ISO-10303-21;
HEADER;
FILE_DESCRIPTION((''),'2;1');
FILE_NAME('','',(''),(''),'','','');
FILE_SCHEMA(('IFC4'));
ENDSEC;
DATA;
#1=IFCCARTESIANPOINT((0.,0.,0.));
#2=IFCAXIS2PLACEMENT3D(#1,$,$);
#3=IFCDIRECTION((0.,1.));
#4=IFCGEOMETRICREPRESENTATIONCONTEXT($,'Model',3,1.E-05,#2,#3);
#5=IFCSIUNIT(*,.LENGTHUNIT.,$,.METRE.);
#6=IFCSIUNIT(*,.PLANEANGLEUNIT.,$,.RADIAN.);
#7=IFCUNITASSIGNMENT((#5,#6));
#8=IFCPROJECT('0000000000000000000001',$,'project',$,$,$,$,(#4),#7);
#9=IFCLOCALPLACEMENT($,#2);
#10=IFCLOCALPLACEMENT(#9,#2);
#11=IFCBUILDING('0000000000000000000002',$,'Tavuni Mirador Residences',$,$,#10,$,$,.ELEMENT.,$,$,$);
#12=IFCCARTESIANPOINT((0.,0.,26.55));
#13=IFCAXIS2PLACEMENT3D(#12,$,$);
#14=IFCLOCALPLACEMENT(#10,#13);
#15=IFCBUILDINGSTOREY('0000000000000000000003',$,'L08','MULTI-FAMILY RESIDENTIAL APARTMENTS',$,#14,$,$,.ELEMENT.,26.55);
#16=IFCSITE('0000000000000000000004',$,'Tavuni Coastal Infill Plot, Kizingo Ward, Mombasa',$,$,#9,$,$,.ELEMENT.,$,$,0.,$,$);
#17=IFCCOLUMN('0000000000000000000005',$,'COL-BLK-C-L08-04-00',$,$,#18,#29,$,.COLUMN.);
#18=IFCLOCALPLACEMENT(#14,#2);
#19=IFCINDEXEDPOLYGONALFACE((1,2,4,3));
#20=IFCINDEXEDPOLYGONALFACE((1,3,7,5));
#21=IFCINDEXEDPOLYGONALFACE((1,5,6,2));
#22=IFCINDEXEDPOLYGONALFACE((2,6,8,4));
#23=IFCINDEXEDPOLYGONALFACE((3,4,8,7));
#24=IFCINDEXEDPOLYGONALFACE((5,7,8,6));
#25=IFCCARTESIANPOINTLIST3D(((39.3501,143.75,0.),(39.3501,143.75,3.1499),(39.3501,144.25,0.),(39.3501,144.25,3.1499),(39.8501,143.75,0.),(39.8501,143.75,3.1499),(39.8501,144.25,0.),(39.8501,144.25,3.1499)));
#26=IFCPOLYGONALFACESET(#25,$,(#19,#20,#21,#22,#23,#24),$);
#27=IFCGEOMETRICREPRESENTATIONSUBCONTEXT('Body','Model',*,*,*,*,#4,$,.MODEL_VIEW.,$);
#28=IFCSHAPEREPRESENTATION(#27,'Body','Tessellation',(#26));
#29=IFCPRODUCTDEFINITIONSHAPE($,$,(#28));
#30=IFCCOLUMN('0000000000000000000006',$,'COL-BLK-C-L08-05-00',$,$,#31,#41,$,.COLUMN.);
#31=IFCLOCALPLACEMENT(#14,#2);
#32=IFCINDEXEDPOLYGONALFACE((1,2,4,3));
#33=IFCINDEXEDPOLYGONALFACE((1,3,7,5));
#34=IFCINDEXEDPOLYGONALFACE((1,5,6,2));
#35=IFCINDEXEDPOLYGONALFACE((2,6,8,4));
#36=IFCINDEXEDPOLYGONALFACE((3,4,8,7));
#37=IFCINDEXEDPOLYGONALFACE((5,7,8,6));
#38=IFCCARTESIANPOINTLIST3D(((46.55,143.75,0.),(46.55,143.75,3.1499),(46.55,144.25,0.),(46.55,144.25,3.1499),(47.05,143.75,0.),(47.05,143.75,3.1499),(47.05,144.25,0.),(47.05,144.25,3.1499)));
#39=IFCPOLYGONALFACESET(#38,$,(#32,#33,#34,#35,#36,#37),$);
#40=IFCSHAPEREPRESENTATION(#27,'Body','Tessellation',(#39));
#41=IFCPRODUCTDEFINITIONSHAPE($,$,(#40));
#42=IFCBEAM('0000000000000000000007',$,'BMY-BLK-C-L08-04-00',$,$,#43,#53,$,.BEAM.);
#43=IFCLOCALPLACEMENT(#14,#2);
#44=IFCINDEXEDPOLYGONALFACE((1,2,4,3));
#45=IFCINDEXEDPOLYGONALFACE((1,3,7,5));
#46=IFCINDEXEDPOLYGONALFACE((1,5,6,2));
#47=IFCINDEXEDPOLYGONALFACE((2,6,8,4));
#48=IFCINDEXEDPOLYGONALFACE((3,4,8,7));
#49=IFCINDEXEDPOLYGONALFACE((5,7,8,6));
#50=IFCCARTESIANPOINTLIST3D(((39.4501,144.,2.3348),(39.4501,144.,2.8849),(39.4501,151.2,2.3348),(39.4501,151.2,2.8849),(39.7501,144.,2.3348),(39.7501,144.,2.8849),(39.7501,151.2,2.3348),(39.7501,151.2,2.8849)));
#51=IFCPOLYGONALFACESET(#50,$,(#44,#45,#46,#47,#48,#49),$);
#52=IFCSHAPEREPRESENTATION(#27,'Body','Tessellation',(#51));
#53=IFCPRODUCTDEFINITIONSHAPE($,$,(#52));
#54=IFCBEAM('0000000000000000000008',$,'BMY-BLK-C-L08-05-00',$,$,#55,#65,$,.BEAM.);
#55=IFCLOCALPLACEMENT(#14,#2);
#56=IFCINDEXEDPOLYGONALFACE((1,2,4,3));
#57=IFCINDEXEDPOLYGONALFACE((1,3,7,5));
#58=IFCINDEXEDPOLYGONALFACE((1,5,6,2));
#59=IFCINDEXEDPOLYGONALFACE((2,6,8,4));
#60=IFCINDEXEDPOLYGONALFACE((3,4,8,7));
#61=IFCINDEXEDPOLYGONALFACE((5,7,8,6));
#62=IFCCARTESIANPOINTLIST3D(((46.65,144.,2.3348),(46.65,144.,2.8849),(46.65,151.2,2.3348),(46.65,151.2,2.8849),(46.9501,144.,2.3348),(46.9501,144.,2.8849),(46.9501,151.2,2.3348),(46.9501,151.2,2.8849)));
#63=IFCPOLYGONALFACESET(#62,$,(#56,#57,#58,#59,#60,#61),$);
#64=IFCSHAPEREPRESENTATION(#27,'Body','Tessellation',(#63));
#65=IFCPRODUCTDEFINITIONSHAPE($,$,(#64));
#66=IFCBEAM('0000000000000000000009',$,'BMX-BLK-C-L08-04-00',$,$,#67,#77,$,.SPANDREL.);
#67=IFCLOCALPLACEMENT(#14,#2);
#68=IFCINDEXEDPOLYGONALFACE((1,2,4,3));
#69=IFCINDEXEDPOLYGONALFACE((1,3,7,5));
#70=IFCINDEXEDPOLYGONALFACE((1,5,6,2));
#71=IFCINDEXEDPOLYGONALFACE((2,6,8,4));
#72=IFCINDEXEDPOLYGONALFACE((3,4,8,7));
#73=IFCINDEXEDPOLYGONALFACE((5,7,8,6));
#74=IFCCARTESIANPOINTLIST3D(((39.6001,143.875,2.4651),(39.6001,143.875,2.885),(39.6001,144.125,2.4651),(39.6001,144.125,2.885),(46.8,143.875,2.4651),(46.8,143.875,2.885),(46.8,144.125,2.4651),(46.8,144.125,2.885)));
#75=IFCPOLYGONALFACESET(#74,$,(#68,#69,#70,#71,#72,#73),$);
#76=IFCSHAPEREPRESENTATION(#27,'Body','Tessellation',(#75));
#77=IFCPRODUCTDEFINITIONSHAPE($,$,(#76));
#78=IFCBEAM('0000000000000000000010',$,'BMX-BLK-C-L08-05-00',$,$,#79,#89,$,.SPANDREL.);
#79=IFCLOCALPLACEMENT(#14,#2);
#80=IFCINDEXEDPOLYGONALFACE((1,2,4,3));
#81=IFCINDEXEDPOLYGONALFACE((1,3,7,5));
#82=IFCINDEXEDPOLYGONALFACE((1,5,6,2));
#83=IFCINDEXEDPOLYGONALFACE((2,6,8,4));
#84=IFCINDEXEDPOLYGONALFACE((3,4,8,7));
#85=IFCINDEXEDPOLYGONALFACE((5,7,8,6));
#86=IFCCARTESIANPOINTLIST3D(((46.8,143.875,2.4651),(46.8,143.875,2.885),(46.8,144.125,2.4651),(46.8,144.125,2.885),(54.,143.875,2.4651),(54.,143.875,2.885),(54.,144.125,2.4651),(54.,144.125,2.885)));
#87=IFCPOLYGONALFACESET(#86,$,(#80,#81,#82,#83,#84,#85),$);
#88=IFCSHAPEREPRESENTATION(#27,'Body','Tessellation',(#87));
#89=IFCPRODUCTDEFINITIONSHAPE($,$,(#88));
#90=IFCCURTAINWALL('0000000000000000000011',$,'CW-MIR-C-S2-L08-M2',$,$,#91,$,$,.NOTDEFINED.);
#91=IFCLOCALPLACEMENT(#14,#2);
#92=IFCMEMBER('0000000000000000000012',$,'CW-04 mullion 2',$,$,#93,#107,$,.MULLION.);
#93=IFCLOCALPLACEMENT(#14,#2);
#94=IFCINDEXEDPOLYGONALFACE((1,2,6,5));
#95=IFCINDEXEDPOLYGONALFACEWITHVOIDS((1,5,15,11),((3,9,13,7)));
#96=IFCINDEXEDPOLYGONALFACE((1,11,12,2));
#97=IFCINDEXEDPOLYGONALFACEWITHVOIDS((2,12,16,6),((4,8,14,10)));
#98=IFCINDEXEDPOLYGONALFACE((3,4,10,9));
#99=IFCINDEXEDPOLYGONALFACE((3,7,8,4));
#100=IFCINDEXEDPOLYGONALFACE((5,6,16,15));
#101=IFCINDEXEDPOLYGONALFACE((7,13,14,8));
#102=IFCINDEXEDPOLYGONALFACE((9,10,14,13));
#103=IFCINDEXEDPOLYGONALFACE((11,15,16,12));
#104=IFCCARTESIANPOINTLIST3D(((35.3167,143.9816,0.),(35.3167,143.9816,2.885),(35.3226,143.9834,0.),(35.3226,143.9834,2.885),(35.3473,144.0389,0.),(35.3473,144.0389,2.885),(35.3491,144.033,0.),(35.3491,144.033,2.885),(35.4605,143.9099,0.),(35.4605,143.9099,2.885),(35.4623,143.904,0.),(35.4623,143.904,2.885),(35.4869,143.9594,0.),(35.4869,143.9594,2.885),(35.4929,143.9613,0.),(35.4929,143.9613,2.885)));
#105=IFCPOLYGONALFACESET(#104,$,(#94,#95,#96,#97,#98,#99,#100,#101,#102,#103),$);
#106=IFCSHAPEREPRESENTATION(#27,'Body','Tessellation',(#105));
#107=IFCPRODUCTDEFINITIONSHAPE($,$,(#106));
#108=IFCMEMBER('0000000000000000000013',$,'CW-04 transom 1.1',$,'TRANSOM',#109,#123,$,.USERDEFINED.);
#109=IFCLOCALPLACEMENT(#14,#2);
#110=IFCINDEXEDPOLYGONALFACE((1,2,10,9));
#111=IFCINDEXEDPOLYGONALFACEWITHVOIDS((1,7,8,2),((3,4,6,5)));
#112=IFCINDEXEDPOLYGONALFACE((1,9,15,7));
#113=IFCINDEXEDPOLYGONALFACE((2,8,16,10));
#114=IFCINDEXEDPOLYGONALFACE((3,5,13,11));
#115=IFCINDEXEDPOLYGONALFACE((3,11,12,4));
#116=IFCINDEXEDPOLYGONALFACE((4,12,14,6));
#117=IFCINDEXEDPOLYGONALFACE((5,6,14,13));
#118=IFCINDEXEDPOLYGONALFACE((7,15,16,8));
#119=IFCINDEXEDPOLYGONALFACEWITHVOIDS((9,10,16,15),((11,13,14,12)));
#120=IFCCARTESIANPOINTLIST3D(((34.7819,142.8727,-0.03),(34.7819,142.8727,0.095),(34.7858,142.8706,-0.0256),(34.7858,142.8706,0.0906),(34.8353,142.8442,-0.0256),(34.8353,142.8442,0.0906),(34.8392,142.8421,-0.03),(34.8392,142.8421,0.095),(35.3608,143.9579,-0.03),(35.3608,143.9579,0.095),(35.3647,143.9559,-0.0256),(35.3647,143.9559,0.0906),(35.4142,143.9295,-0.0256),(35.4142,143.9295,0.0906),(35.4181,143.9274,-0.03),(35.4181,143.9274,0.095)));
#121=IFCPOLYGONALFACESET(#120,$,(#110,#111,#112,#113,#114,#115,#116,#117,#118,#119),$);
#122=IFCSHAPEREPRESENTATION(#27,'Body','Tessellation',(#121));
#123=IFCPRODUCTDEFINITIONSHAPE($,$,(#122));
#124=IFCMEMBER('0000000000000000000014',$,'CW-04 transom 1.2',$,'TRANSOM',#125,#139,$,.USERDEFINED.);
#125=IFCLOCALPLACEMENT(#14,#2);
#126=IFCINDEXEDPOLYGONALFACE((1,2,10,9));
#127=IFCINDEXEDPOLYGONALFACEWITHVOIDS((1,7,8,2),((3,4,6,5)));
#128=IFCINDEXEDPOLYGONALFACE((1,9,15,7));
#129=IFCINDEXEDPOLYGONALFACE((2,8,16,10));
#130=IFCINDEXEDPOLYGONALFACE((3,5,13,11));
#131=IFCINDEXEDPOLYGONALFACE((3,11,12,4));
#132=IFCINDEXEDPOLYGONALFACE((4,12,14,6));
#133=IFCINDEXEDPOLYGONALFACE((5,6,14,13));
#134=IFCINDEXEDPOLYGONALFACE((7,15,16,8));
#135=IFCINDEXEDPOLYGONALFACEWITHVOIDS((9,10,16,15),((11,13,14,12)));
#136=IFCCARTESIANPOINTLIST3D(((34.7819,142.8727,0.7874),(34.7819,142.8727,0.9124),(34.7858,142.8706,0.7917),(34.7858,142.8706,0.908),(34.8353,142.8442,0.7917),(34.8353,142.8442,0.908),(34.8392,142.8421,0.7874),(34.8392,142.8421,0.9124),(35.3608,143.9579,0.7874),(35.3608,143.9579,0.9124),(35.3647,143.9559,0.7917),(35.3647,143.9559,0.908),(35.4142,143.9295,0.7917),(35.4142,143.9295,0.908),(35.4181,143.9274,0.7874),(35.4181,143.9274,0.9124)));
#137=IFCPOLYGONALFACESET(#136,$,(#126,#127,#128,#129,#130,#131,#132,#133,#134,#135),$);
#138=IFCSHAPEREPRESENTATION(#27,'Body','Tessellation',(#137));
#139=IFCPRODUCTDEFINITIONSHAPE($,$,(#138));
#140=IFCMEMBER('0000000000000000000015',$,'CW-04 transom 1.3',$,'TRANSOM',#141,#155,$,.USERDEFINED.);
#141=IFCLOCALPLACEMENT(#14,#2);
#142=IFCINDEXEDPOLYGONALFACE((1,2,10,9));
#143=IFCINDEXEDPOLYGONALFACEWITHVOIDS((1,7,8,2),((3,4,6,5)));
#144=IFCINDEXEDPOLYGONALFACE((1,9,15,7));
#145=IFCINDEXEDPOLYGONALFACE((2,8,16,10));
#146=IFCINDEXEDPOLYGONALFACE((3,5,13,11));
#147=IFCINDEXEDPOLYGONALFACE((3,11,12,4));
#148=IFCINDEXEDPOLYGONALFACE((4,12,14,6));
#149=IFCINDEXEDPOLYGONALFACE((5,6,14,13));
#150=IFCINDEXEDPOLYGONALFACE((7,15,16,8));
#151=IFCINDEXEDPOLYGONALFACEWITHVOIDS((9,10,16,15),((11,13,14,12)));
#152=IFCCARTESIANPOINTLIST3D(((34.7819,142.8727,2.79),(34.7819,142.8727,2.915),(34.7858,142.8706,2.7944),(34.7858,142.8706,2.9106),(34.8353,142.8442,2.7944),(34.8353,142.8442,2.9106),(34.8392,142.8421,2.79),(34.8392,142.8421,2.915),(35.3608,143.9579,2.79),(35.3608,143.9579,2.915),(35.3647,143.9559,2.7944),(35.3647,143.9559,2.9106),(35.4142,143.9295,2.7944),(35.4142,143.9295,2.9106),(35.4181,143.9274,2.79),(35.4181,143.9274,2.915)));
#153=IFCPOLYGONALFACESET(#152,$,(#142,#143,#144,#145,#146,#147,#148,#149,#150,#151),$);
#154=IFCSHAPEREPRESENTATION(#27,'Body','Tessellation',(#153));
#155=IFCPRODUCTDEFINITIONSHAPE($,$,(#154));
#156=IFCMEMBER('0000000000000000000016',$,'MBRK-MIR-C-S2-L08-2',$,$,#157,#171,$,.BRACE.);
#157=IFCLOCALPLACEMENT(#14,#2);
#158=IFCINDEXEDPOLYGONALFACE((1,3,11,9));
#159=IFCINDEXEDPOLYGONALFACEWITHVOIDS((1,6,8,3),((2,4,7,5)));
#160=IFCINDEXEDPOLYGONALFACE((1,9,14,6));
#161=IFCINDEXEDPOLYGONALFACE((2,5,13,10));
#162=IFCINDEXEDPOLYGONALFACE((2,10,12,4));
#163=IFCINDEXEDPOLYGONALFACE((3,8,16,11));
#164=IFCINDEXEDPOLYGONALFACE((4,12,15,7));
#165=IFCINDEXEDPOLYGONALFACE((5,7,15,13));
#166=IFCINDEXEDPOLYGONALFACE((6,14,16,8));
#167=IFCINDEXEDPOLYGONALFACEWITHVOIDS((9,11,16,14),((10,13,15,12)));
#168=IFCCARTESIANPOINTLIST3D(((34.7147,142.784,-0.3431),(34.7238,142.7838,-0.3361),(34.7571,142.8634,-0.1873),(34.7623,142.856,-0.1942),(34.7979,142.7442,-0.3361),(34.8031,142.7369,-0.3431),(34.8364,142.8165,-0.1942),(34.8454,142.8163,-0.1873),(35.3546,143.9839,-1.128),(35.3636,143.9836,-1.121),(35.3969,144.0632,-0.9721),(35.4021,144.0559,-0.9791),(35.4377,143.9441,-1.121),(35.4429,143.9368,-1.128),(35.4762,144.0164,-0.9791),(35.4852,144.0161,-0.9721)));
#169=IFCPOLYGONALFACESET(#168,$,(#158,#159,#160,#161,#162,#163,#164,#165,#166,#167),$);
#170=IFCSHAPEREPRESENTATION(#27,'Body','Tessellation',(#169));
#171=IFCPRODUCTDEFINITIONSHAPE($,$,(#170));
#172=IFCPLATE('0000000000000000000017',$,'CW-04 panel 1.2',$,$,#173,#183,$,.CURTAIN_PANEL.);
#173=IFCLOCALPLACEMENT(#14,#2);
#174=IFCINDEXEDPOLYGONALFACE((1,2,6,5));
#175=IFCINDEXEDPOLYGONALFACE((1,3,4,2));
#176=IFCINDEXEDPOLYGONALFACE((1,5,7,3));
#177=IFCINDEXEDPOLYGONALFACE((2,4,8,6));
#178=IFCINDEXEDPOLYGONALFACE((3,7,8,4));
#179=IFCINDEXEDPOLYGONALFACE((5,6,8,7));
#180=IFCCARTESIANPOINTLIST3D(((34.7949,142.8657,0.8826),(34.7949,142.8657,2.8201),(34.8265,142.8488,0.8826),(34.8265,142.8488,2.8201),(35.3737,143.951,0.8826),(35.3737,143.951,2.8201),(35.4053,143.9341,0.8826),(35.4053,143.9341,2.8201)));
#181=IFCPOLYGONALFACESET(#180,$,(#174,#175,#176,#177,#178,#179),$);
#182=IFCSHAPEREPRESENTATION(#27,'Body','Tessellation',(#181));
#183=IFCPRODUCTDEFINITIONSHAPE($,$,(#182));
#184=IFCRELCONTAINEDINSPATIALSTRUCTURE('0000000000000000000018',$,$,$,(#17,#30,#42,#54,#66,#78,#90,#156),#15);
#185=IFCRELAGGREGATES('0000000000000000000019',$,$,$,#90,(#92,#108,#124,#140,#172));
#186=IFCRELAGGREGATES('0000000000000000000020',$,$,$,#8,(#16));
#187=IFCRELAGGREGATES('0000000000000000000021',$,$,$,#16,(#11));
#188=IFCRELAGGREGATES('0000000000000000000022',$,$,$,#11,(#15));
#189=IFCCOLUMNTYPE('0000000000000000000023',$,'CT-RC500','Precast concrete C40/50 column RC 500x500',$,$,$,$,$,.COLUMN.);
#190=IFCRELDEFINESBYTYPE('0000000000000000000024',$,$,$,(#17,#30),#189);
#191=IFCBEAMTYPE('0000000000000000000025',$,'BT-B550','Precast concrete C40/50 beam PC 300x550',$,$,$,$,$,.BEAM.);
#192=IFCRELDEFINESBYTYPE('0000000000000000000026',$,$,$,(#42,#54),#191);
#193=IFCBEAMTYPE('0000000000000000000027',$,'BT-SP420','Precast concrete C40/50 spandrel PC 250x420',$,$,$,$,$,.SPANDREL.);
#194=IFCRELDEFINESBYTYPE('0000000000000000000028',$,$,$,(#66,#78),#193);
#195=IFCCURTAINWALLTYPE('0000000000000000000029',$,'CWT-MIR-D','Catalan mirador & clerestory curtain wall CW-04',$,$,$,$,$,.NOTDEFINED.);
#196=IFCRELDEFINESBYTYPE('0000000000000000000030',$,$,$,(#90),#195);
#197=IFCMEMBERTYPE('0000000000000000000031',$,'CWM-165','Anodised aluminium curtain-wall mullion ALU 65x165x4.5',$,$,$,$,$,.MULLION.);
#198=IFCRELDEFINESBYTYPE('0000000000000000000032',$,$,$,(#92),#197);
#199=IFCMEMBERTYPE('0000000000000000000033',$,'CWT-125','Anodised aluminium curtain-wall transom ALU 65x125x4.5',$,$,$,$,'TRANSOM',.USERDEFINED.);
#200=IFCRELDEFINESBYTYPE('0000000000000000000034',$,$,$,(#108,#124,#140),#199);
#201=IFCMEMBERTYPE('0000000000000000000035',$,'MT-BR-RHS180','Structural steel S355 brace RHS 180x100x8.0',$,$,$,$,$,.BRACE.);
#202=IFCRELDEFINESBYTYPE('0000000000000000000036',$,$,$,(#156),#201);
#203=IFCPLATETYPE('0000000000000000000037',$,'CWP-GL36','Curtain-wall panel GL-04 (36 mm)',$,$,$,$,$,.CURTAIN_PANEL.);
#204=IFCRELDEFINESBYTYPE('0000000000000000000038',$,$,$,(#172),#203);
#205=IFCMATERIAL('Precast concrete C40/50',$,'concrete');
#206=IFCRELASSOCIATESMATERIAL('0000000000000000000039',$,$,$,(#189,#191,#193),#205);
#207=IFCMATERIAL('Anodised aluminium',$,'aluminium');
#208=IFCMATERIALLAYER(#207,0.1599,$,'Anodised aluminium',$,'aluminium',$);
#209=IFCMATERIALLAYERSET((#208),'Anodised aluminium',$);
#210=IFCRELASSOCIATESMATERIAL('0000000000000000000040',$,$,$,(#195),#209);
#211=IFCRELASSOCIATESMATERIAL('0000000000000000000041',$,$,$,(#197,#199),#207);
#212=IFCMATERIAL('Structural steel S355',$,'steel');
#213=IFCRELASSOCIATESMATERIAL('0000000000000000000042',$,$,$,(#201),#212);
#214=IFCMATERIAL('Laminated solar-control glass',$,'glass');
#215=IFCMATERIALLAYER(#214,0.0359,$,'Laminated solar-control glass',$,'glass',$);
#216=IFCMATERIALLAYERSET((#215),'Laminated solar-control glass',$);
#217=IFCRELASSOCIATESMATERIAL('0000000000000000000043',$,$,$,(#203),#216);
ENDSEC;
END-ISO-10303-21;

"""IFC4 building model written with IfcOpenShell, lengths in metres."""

from ifc_helpers import new_model, si_unit, direction, frame, origin, origin_2d, place, context, subcontext, project, spatial, rectangle, hollow_rectangle, extrude, material, layer, layer_set, material_profile, profile_set, type_object, element, aggregate, save


model = new_model("IFC4")

# Units and contexts
model_context = context("Model", 3, precision=1e-05, world=origin(), true_north=direction((0.0, 1.0)))
body_context = subcontext(model_context, "Body", "Model", "MODEL_VIEW")
ifc_project = project(units=[si_unit("LENGTHUNIT", "METRE"), si_unit("PLANEANGLEUNIT", "RADIAN")], contexts=[model_context])

# Site, building, storey
site_placement = place(None, origin())
site = spatial("IfcSite", under=ifc_project, at=site_placement, Name="Tavuni Coastal Infill Plot, Kizingo Ward, Mombasa", CompositionType="ELEMENT", RefElevation=0.0)
building_placement = place(site_placement, origin())
building = spatial("IfcBuilding", under=site, at=building_placement, Name="Tavuni Mirador Residences", CompositionType="ELEMENT")
storey_placement = place(building_placement, frame((0.0, 0.0, 26.55)))
storey = spatial("IfcBuildingStorey", under=building, at=storey_placement, Name="L08", Description="MULTI-FAMILY RESIDENTIAL APARTMENTS", CompositionType="ELEMENT", Elevation=26.55)

# Columns
ifc_material_1 = material(Name="Precast concrete C40/50", Category="concrete")
ifc_material_profile_1 = material_profile(ifc_material_1, rectangle(XDim=0.5, YDim=0.5, at=origin_2d()), Name="RC 500x500", Category="concrete")
ifc_profile_set_1 = profile_set([ifc_material_profile_1], Name="Precast concrete C40/50")
column_type = type_object("IfcColumnType", Name="CT-RC500", Description="Precast concrete C40/50 column RC 500x500", PredefinedType="COLUMN", material=ifc_profile_set_1)
for number, where, z_axis, x_axis, name in (
    (1, (39.6001, 144.0, 0.0), (0.0, 0.0, 1.0), (1.0, 0.0, 0.0), "COL-BLK-C-L08-04-00"),
    (2, (46.8, 144.0, 0.0), (0.0, 0.0, 1.0), (1.0, 0.0, 0.0), "COL-BLK-C-L08-05-00"),
):
    element("IfcColumn", number, at=place(storey_placement, frame(where, z_axis=z_axis, x_axis=x_axis)), inside=storey, type_object=column_type, Name=name, PredefinedType="COLUMN", context=body_context, shape_type="SweptSolid", body=[
        extrude(rectangle(XDim=0.5, YDim=0.5, at=origin_2d()), origin(), (0.0, 0.0, 1.0), 3.1499),
    ])

# Beams
ifc_material_profile_2 = material_profile(ifc_material_1, rectangle(XDim=0.3, YDim=0.55, at=origin_2d()), Name="PC 300x550", Category="concrete")
ifc_profile_set_2 = profile_set([ifc_material_profile_2], Name="Precast concrete C40/50")
beam_type_1 = type_object("IfcBeamType", Name="BT-B550", Description="Precast concrete C40/50 beam PC 300x550", PredefinedType="BEAM", material=ifc_profile_set_2)
for number, where, z_axis, x_axis, name in (
    (3, (39.6001, 144.0, 2.6099), (0.0, 1.0, 0.0), (-1.0, 0.0, 0.0), "BMY-BLK-C-L08-04-00"),
    (4, (46.8, 144.0, 2.6099), (0.0, 1.0, 0.0), (-1.0, 0.0, 0.0), "BMY-BLK-C-L08-05-00"),
):
    element("IfcBeam", number, at=place(storey_placement, frame(where, z_axis=z_axis, x_axis=x_axis)), inside=storey, type_object=beam_type_1, Name=name, PredefinedType="BEAM", context=body_context, shape_type="SweptSolid", body=[
        extrude(rectangle(XDim=0.3, YDim=0.55, at=origin_2d()), origin(), (0.0, 0.0, 1.0), 7.2),
    ])
ifc_material_profile_3 = material_profile(ifc_material_1, rectangle(XDim=0.25, YDim=0.4199, at=origin_2d()), Name="PC 250x420", Category="concrete")
ifc_profile_set_3 = profile_set([ifc_material_profile_3], Name="Precast concrete C40/50")
beam_type_2 = type_object("IfcBeamType", Name="BT-SP420", Description="Precast concrete C40/50 spandrel PC 250x420", PredefinedType="SPANDREL", material=ifc_profile_set_3)
for number, where, z_axis, x_axis, name in (
    (5, (39.6001, 144.0, 2.675), (1.0, 0.0, 0.0), (0.0, 1.0, 0.0), "BMX-BLK-C-L08-04-00"),
    (6, (46.8, 144.0, 2.675), (1.0, 0.0, 0.0), (0.0, 1.0, 0.0), "BMX-BLK-C-L08-05-00"),
):
    element("IfcBeam", number, at=place(storey_placement, frame(where, z_axis=z_axis, x_axis=x_axis)), inside=storey, type_object=beam_type_2, Name=name, PredefinedType="SPANDREL", context=body_context, shape_type="SweptSolid", body=[
        extrude(rectangle(XDim=0.25, YDim=0.4199, at=origin_2d()), origin(), (0.0, 0.0, 1.0), 7.2),
    ])

# Curtain wall, members
ifc_material_2 = material(Name="Anodised aluminium", Category="aluminium")
ifc_layer_1 = layer(ifc_material_2, 0.1599, Name="Anodised aluminium", Category="aluminium")
ifc_layer_set_1 = layer_set([ifc_layer_1], Name="Anodised aluminium")
curtain_wall_type = type_object("IfcCurtainWallType", Name="CWT-MIR-D", Description="Catalan mirador & clerestory curtain wall CW-04", PredefinedType="NOTDEFINED", material=ifc_layer_set_1)
curtain_wall_placement = place(storey_placement, origin())
curtain_wall = element("IfcCurtainWall", 7, at=curtain_wall_placement, inside=storey, type_object=curtain_wall_type, Name="CW-MIR-C-S2-L08-M2", PredefinedType="NOTDEFINED")
ifc_material_profile_4 = material_profile(ifc_material_2, hollow_rectangle(XDim=0.0649, YDim=0.165, WallThickness=0.0044, at=origin_2d()), Name="ALU 65x165x4.5", Category="aluminium")
ifc_profile_set_4 = profile_set([ifc_material_profile_4], Name="Anodised aluminium")
member_type_1 = type_object("IfcMemberType", Name="CWM-165", Description="Anodised aluminium curtain-wall mullion ALU 65x165x4.5", PredefinedType="MULLION", material=ifc_profile_set_4)
member_1_placement = place(storey_placement, frame((35.4048, 143.9714, 0.0), z_axis=(0.0, 0.0, 1.0), x_axis=(0.470588, 0.882353, 0.0)))
member_1 = element("IfcMember", 8, at=member_1_placement, type_object=member_type_1, Name="CW-04 mullion 2", PredefinedType="MULLION", context=body_context, shape_type="SweptSolid", body=[
    extrude(hollow_rectangle(XDim=0.0649, YDim=0.165, WallThickness=0.0044, at=origin_2d()), origin(), (0.0, 0.0, 1.0), 2.885),
])
ifc_material_profile_5 = material_profile(ifc_material_2, hollow_rectangle(XDim=0.0649, YDim=0.125, WallThickness=0.0044, at=origin_2d()), Name="ALU 65x125x4.5", Category="aluminium")
ifc_profile_set_5 = profile_set([ifc_material_profile_5], Name="Anodised aluminium")
member_type_2 = type_object("IfcMemberType", Name="CWT-125", Description="Anodised aluminium curtain-wall transom ALU 65x125x4.5", ElementType="TRANSOM", PredefinedType="USERDEFINED", material=ifc_profile_set_5)
member_2_placement = place(storey_placement, frame((34.8105, 142.8574, 0.0325), z_axis=(0.47064, 0.882325, 0.0), x_axis=(-0.882325, 0.47064, 0.0)))
member_2 = element("IfcMember", 9, at=member_2_placement, type_object=member_type_2, Name="CW-04 transom 1.1", ObjectType="TRANSOM", PredefinedType="USERDEFINED", context=body_context, shape_type="SweptSolid", body=[
    extrude(hollow_rectangle(XDim=0.0649, YDim=0.125, WallThickness=0.0044, at=origin_2d()), origin(), (0.0, 0.0, 1.0), 1.23),
])
member_3_placement = place(storey_placement, frame((34.8105, 142.8574, 0.8499), z_axis=(0.47064, 0.882325, 0.0), x_axis=(-0.882325, 0.47064, 0.0)))
member_3 = element("IfcMember", 10, at=member_3_placement, type_object=member_type_2, Name="CW-04 transom 1.2", ObjectType="TRANSOM", PredefinedType="USERDEFINED", context=body_context, shape_type="SweptSolid", body=[
    extrude(hollow_rectangle(XDim=0.0649, YDim=0.125, WallThickness=0.0044, at=origin_2d()), origin(), (0.0, 0.0, 1.0), 1.23),
])
member_4_placement = place(storey_placement, frame((34.8105, 142.8574, 2.8525), z_axis=(0.47064, 0.882325, 0.0), x_axis=(-0.882325, 0.47064, 0.0)))
member_4 = element("IfcMember", 11, at=member_4_placement, type_object=member_type_2, Name="CW-04 transom 1.3", ObjectType="TRANSOM", PredefinedType="USERDEFINED", context=body_context, shape_type="SweptSolid", body=[
    extrude(hollow_rectangle(XDim=0.0649, YDim=0.125, WallThickness=0.0044, at=origin_2d()), origin(), (0.0, 0.0, 1.0), 1.23),
])

# Member
ifc_material_3 = material(Name="Structural steel S355", Category="steel")
ifc_material_profile_6 = material_profile(ifc_material_3, hollow_rectangle(XDim=0.1001, YDim=0.1799, WallThickness=0.0081, at=origin_2d()), Name="RHS 180x100x8.0", Category="steel")
ifc_profile_set_6 = profile_set([ifc_material_profile_6], Name="Structural steel S355")
member_type_3 = type_object("IfcMemberType", Name="MT-BR-RHS180", Description="Structural steel S355 brace RHS 180x100x8.0", PredefinedType="BRACE", material=ifc_profile_set_6)
member_5_placement = place(storey_placement, frame((35.4199, 144.0, -1.05), z_axis=(-0.407531, -0.764218, 0.49989), x_axis=(0.882378, -0.470542, 0.0)))
element("IfcMember", 12, at=member_5_placement, inside=storey, type_object=member_type_3, Name="MBRK-MIR-C-S2-L08-2", PredefinedType="BRACE", context=body_context, shape_type="SweptSolid", body=[
    extrude(hollow_rectangle(XDim=0.1001, YDim=0.1799, WallThickness=0.0081, at=origin_2d()), origin(), (0.0, 0.0, 1.0), 1.5701),
])

# Plate
ifc_material_4 = material(Name="Laminated solar-control glass", Category="glass")
ifc_layer_2 = layer(ifc_material_4, 0.0359, Name="Laminated solar-control glass", Category="glass")
ifc_layer_set_2 = layer_set([ifc_layer_2], Name="Laminated solar-control glass")
plate_type_1 = type_object("IfcPlateType", Name="CWP-GL36", Description="Curtain-wall panel GL-04 (36 mm)", PredefinedType="CURTAIN_PANEL", material=ifc_layer_set_2)
plate_1_placement = place(storey_placement, frame((35.1001, 143.3999, 0.8826), z_axis=(0.0, 0.0, 1.0), x_axis=(0.470588, 0.882353, 0.0)))
plate_1 = element("IfcPlate", 13, at=plate_1_placement, type_object=plate_type_1, Name="CW-04 panel 1.2", PredefinedType="CURTAIN_PANEL", context=body_context, shape_type="SweptSolid", body=[
    extrude(rectangle(XDim=1.23, YDim=0.0359, at=origin_2d()), origin(), (0.0, 0.0, 1.0), 1.9375),
])
aggregate(curtain_wall, [member_1, member_2, member_3, member_4, plate_1])

save(model, "model.ifc")
